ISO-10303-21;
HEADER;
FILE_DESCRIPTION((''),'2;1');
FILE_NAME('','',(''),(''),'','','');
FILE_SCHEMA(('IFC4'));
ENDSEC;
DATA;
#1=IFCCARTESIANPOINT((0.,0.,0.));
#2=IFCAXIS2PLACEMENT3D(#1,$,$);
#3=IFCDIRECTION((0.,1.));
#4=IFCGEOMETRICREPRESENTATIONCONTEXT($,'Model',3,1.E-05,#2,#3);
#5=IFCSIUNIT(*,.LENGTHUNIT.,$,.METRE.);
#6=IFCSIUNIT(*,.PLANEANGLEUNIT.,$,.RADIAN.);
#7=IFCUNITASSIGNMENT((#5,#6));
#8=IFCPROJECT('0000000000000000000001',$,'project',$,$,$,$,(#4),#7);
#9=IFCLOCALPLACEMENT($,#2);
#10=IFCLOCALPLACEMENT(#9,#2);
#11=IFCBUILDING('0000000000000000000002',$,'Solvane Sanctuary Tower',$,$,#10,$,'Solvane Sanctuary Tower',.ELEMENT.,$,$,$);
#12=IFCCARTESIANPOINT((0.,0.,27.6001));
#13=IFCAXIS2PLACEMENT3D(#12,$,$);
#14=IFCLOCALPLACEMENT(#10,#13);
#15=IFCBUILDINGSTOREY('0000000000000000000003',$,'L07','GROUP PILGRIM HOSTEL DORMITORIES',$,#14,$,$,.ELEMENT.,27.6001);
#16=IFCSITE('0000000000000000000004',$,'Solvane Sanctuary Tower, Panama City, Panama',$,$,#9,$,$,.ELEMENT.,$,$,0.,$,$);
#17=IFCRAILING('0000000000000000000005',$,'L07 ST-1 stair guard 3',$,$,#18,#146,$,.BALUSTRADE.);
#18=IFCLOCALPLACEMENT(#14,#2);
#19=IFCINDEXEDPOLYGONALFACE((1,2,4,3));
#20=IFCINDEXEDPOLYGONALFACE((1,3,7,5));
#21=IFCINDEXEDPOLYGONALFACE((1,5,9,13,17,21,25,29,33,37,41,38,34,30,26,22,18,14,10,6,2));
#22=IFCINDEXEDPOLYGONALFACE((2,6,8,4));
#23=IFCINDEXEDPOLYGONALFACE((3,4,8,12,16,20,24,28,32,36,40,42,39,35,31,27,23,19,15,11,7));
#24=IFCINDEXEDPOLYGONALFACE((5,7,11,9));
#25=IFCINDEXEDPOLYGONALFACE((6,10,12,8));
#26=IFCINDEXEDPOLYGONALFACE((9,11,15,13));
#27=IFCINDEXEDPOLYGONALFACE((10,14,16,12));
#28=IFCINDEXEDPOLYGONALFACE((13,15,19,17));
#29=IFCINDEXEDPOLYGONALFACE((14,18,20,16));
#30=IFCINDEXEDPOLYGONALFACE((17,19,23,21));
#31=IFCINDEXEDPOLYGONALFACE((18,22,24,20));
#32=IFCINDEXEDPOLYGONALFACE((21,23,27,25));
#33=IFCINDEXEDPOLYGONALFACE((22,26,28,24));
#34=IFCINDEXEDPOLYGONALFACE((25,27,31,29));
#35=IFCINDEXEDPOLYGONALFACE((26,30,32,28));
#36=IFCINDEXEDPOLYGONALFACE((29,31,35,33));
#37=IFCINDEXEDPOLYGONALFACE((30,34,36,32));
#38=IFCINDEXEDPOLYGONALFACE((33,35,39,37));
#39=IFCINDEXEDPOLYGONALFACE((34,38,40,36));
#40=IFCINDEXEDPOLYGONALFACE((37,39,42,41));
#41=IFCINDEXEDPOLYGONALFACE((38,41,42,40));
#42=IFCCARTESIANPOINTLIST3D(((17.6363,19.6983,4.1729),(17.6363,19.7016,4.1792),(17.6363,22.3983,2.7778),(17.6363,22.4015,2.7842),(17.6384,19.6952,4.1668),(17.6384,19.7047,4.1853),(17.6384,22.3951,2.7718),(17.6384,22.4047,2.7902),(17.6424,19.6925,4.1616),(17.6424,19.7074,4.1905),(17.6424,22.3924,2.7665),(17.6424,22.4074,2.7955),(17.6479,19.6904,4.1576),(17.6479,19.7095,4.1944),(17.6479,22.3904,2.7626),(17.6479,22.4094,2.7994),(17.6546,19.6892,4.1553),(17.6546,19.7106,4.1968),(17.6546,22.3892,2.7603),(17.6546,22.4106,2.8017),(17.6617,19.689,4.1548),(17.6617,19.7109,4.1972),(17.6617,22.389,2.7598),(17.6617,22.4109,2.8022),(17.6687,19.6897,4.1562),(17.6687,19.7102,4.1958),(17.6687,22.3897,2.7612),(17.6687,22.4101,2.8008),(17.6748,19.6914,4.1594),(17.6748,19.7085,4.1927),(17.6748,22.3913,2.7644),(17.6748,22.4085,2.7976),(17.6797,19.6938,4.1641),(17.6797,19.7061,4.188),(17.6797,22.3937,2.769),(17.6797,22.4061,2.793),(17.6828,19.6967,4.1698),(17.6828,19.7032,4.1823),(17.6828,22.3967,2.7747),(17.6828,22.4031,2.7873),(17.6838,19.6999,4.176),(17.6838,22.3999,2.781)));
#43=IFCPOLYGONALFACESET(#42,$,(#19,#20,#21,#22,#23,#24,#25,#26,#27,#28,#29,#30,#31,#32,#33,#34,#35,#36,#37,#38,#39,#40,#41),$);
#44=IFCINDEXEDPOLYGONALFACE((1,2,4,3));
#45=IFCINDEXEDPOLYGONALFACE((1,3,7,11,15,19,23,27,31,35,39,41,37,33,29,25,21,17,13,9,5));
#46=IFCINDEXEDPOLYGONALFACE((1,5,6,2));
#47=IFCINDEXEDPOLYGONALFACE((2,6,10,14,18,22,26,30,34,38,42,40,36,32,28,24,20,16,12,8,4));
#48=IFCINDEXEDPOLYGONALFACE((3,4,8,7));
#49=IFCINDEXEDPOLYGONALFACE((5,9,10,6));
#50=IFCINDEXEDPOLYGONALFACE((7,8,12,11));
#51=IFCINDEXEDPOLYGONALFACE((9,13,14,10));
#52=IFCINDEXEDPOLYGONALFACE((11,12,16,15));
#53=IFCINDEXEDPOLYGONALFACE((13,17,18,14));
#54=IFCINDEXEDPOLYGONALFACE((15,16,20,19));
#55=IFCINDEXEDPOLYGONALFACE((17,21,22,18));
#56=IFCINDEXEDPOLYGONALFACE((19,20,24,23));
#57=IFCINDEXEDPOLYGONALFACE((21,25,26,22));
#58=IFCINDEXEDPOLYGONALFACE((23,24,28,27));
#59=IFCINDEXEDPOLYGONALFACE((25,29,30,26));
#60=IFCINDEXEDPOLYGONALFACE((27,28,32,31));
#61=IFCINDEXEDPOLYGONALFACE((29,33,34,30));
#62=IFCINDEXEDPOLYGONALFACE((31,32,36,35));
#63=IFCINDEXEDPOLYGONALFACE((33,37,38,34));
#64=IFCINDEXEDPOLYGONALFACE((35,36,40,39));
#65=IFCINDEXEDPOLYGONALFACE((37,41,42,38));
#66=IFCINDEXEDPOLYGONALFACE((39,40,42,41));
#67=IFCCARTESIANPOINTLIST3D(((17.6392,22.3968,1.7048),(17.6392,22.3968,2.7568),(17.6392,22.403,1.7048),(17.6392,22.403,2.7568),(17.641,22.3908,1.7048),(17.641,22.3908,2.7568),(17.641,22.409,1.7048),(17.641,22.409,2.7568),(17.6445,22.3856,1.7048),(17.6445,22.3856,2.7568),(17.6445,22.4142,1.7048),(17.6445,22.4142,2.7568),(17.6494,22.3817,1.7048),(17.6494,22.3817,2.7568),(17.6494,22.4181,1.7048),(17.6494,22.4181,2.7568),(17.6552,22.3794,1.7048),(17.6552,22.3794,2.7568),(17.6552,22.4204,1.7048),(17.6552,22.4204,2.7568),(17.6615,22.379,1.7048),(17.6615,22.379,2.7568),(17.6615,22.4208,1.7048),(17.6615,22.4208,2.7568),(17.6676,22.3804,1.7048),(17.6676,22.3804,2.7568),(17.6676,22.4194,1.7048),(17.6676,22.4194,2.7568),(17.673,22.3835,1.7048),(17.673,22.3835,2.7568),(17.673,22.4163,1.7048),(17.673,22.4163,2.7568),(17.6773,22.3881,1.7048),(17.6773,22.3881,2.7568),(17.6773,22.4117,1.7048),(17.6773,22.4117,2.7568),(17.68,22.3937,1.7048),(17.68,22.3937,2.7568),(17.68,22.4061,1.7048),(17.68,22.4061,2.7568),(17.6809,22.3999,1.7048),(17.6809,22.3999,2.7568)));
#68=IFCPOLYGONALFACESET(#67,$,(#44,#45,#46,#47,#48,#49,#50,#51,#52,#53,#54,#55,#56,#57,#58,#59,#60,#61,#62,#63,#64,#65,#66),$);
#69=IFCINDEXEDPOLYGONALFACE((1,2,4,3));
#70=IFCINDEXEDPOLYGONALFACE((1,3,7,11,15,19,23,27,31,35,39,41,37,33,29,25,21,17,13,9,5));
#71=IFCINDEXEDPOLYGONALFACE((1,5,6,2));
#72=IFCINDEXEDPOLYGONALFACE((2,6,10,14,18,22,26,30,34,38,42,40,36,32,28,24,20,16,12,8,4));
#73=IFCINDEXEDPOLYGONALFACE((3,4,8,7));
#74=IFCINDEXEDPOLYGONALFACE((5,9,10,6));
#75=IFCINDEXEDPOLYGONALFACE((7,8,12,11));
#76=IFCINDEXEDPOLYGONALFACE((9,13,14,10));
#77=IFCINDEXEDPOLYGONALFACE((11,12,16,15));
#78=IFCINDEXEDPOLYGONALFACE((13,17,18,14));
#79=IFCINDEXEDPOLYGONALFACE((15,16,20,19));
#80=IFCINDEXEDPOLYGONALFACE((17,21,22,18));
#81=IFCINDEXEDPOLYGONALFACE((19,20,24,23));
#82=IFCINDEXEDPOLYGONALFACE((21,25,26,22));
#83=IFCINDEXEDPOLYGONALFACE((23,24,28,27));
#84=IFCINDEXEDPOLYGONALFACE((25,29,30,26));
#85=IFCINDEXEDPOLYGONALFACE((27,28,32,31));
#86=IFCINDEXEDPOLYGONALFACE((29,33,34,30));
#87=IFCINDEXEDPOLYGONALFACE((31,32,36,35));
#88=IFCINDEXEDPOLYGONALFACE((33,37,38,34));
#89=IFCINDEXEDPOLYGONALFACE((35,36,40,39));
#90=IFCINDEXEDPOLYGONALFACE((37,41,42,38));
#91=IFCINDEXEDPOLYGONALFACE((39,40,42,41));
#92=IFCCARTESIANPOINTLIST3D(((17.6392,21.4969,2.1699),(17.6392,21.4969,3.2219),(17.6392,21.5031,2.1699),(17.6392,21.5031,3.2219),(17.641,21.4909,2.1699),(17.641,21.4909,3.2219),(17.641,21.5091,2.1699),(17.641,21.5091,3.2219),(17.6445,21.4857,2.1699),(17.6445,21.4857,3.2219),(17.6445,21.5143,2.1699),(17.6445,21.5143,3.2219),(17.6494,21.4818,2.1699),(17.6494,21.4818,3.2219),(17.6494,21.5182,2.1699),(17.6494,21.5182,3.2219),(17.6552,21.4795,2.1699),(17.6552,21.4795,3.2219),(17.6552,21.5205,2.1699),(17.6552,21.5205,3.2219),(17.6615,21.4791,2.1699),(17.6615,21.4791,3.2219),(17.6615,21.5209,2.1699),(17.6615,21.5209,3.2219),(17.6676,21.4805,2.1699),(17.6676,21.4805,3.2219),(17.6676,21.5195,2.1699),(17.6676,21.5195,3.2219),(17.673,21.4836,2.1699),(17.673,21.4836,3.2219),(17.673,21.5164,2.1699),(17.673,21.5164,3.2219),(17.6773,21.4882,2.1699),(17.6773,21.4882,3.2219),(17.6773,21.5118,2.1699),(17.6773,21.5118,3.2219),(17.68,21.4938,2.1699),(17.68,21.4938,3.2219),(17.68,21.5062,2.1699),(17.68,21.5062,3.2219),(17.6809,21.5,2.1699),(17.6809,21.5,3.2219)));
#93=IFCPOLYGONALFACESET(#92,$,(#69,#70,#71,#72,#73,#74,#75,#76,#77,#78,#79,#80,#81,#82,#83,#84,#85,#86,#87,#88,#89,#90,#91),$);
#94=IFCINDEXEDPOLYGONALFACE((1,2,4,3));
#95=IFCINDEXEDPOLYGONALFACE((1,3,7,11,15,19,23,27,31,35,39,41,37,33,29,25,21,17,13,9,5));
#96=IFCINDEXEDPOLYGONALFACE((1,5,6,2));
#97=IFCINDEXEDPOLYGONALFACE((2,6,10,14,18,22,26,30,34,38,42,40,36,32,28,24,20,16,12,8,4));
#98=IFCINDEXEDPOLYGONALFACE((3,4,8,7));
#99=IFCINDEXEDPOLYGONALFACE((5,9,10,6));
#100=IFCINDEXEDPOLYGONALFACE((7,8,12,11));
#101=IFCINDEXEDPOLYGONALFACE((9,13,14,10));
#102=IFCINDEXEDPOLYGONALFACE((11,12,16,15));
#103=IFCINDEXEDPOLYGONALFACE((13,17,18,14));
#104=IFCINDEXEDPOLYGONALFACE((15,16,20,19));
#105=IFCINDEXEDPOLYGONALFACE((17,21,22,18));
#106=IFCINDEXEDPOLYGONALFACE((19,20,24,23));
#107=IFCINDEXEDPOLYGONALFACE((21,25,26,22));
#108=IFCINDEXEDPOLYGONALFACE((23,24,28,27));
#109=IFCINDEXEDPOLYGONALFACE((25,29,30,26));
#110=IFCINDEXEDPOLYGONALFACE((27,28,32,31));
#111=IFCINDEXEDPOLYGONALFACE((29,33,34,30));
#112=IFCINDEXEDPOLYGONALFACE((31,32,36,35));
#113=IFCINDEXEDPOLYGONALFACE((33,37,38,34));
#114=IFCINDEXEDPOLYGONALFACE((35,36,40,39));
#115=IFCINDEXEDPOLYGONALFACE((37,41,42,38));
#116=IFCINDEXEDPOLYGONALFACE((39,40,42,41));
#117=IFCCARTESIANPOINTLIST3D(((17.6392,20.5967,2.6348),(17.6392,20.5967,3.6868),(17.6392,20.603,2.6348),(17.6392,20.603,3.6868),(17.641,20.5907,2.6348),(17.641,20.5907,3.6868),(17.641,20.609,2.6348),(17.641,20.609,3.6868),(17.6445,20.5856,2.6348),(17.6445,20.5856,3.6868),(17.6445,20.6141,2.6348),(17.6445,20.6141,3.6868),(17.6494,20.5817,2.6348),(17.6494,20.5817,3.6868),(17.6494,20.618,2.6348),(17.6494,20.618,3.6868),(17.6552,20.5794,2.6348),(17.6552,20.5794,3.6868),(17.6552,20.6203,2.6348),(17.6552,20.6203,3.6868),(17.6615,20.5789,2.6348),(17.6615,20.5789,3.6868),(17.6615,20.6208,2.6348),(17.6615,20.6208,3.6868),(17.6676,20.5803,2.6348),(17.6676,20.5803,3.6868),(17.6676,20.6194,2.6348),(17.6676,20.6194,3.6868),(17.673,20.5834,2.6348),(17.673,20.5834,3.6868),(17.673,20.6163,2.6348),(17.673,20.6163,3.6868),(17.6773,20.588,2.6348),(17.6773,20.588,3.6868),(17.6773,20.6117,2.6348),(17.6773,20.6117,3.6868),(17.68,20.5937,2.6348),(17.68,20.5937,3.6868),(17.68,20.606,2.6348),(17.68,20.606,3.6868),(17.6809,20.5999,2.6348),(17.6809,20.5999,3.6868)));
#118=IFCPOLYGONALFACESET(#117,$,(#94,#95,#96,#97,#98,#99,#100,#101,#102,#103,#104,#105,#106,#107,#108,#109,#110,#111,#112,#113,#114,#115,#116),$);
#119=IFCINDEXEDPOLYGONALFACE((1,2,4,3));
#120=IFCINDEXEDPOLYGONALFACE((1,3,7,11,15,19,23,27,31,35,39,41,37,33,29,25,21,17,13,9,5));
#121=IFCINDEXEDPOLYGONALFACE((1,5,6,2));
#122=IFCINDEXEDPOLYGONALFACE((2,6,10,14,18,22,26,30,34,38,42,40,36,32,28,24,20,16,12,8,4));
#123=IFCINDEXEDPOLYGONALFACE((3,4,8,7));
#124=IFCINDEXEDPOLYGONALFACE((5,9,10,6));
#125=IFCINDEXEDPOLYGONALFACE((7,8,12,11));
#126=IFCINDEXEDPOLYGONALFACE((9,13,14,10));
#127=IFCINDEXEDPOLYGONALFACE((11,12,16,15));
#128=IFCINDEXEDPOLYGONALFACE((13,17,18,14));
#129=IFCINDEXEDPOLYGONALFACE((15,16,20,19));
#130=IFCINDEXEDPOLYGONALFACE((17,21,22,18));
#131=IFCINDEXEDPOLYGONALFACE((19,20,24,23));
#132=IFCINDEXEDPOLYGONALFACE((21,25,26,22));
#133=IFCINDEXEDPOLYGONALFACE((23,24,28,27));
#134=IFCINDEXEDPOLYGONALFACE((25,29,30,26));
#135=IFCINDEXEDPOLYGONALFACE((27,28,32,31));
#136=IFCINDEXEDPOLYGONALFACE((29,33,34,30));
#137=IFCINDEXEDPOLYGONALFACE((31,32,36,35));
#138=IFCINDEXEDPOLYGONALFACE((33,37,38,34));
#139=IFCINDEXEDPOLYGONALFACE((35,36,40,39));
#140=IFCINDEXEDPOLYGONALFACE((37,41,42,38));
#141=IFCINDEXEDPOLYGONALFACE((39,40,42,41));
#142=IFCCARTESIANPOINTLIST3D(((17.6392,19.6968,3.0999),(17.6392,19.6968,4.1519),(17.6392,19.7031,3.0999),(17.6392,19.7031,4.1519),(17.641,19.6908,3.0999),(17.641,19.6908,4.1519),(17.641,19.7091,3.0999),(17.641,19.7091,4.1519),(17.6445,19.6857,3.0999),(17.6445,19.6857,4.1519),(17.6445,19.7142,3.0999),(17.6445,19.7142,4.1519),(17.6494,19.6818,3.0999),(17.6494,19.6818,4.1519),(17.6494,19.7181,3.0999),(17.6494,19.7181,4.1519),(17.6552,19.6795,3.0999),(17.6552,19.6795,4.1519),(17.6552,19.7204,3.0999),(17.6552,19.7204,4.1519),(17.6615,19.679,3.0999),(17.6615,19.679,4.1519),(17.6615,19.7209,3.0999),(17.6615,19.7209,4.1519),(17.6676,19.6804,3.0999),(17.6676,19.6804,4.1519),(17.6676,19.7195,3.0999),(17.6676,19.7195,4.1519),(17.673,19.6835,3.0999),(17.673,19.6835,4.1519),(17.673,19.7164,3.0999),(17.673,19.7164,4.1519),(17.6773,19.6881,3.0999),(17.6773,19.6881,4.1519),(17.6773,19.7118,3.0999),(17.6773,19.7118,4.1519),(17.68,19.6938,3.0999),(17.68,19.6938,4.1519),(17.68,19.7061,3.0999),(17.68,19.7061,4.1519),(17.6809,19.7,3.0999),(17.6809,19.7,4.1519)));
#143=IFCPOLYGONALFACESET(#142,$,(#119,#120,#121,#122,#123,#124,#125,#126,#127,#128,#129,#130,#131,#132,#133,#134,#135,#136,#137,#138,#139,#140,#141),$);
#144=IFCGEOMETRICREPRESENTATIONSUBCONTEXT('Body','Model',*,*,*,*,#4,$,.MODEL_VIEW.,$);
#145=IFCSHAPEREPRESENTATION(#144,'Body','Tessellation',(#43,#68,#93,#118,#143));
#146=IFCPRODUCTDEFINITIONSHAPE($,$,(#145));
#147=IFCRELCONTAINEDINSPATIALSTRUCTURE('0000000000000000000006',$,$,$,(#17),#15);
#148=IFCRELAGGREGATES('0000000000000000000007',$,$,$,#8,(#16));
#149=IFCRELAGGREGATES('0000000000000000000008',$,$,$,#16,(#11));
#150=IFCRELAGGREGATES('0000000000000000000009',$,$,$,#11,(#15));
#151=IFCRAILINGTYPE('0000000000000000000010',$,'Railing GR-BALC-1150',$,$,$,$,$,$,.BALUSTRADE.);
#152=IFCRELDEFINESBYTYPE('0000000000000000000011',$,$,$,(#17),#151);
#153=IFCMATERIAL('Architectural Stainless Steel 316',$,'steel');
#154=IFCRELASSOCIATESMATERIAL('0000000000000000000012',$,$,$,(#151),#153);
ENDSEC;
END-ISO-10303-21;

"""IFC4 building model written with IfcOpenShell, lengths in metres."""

from ifc_helpers import new_model, si_unit, direction, frame, origin, origin_2d, place, context, subcontext, project, spatial, circle, extrude, material, type_object, element, save


model = new_model("IFC4")

# Units and contexts
model_context = context("Model", 3, precision=1e-05, world=origin(), true_north=direction((0.0, 1.0)))
body_context = subcontext(model_context, "Body", "Model", "MODEL_VIEW")
ifc_project = project(units=[si_unit("LENGTHUNIT", "METRE"), si_unit("PLANEANGLEUNIT", "RADIAN")], contexts=[model_context])

# Site, building, storey
site_placement = place(None, origin())
site = spatial("IfcSite", under=ifc_project, at=site_placement, Name="Solvane Sanctuary Tower, Panama City, Panama", CompositionType="ELEMENT", RefElevation=0.0)
building_placement = place(site_placement, origin())
building = spatial("IfcBuilding", under=site, at=building_placement, Name="Solvane Sanctuary Tower", LongName="Solvane Sanctuary Tower", CompositionType="ELEMENT")
storey_placement = place(building_placement, frame((0.0, 0.0, 27.6001)))
storey = spatial("IfcBuildingStorey", under=building, at=storey_placement, Name="L07", Description="GROUP PILGRIM HOSTEL DORMITORIES", CompositionType="ELEMENT", Elevation=27.6001)

# Railing
ifc_material_1 = material(Name="Architectural Stainless Steel 316", Category="steel")
railing_type_1 = type_object("IfcRailingType", Name="Railing GR-BALC-1150", PredefinedType="BALUSTRADE", material=ifc_material_1)
railing_1_placement = place(storey_placement, frame((17.6599, 22.3999, 1.7048)))
element("IfcRailing", 1, at=railing_1_placement, inside=storey, type_object=railing_type_1, Name="L07 ST-1 stair guard 3", PredefinedType="BALUSTRADE", context=body_context, shape_type="SweptSolid", body=[
    extrude(circle(Radius=0.0239, at=origin_2d()), frame((0.0, 0.0, 1.0762), z_axis=(0.0, -0.88842, 0.459032), x_axis=(1.0, 0.0, 0.0)), (0.0, 0.0, 1.0), 3.0391),
    extrude(circle(Radius=0.021, at=origin_2d()), origin(), (0.0, 0.0, 1.0), 1.052),
    extrude(circle(Radius=0.021, at=origin_2d()), frame((0.0, -0.8999, 0.4651)), (0.0, 0.0, 1.0), 1.052),
    extrude(circle(Radius=0.021, at=origin_2d()), frame((0.0, -1.8, 0.9299)), (0.0, 0.0, 1.0), 1.052),
    extrude(circle(Radius=0.021, at=origin_2d()), frame((0.0, -2.7, 1.395)), (0.0, 0.0, 1.0), 1.052),
])

save(model, "model.ifc")
